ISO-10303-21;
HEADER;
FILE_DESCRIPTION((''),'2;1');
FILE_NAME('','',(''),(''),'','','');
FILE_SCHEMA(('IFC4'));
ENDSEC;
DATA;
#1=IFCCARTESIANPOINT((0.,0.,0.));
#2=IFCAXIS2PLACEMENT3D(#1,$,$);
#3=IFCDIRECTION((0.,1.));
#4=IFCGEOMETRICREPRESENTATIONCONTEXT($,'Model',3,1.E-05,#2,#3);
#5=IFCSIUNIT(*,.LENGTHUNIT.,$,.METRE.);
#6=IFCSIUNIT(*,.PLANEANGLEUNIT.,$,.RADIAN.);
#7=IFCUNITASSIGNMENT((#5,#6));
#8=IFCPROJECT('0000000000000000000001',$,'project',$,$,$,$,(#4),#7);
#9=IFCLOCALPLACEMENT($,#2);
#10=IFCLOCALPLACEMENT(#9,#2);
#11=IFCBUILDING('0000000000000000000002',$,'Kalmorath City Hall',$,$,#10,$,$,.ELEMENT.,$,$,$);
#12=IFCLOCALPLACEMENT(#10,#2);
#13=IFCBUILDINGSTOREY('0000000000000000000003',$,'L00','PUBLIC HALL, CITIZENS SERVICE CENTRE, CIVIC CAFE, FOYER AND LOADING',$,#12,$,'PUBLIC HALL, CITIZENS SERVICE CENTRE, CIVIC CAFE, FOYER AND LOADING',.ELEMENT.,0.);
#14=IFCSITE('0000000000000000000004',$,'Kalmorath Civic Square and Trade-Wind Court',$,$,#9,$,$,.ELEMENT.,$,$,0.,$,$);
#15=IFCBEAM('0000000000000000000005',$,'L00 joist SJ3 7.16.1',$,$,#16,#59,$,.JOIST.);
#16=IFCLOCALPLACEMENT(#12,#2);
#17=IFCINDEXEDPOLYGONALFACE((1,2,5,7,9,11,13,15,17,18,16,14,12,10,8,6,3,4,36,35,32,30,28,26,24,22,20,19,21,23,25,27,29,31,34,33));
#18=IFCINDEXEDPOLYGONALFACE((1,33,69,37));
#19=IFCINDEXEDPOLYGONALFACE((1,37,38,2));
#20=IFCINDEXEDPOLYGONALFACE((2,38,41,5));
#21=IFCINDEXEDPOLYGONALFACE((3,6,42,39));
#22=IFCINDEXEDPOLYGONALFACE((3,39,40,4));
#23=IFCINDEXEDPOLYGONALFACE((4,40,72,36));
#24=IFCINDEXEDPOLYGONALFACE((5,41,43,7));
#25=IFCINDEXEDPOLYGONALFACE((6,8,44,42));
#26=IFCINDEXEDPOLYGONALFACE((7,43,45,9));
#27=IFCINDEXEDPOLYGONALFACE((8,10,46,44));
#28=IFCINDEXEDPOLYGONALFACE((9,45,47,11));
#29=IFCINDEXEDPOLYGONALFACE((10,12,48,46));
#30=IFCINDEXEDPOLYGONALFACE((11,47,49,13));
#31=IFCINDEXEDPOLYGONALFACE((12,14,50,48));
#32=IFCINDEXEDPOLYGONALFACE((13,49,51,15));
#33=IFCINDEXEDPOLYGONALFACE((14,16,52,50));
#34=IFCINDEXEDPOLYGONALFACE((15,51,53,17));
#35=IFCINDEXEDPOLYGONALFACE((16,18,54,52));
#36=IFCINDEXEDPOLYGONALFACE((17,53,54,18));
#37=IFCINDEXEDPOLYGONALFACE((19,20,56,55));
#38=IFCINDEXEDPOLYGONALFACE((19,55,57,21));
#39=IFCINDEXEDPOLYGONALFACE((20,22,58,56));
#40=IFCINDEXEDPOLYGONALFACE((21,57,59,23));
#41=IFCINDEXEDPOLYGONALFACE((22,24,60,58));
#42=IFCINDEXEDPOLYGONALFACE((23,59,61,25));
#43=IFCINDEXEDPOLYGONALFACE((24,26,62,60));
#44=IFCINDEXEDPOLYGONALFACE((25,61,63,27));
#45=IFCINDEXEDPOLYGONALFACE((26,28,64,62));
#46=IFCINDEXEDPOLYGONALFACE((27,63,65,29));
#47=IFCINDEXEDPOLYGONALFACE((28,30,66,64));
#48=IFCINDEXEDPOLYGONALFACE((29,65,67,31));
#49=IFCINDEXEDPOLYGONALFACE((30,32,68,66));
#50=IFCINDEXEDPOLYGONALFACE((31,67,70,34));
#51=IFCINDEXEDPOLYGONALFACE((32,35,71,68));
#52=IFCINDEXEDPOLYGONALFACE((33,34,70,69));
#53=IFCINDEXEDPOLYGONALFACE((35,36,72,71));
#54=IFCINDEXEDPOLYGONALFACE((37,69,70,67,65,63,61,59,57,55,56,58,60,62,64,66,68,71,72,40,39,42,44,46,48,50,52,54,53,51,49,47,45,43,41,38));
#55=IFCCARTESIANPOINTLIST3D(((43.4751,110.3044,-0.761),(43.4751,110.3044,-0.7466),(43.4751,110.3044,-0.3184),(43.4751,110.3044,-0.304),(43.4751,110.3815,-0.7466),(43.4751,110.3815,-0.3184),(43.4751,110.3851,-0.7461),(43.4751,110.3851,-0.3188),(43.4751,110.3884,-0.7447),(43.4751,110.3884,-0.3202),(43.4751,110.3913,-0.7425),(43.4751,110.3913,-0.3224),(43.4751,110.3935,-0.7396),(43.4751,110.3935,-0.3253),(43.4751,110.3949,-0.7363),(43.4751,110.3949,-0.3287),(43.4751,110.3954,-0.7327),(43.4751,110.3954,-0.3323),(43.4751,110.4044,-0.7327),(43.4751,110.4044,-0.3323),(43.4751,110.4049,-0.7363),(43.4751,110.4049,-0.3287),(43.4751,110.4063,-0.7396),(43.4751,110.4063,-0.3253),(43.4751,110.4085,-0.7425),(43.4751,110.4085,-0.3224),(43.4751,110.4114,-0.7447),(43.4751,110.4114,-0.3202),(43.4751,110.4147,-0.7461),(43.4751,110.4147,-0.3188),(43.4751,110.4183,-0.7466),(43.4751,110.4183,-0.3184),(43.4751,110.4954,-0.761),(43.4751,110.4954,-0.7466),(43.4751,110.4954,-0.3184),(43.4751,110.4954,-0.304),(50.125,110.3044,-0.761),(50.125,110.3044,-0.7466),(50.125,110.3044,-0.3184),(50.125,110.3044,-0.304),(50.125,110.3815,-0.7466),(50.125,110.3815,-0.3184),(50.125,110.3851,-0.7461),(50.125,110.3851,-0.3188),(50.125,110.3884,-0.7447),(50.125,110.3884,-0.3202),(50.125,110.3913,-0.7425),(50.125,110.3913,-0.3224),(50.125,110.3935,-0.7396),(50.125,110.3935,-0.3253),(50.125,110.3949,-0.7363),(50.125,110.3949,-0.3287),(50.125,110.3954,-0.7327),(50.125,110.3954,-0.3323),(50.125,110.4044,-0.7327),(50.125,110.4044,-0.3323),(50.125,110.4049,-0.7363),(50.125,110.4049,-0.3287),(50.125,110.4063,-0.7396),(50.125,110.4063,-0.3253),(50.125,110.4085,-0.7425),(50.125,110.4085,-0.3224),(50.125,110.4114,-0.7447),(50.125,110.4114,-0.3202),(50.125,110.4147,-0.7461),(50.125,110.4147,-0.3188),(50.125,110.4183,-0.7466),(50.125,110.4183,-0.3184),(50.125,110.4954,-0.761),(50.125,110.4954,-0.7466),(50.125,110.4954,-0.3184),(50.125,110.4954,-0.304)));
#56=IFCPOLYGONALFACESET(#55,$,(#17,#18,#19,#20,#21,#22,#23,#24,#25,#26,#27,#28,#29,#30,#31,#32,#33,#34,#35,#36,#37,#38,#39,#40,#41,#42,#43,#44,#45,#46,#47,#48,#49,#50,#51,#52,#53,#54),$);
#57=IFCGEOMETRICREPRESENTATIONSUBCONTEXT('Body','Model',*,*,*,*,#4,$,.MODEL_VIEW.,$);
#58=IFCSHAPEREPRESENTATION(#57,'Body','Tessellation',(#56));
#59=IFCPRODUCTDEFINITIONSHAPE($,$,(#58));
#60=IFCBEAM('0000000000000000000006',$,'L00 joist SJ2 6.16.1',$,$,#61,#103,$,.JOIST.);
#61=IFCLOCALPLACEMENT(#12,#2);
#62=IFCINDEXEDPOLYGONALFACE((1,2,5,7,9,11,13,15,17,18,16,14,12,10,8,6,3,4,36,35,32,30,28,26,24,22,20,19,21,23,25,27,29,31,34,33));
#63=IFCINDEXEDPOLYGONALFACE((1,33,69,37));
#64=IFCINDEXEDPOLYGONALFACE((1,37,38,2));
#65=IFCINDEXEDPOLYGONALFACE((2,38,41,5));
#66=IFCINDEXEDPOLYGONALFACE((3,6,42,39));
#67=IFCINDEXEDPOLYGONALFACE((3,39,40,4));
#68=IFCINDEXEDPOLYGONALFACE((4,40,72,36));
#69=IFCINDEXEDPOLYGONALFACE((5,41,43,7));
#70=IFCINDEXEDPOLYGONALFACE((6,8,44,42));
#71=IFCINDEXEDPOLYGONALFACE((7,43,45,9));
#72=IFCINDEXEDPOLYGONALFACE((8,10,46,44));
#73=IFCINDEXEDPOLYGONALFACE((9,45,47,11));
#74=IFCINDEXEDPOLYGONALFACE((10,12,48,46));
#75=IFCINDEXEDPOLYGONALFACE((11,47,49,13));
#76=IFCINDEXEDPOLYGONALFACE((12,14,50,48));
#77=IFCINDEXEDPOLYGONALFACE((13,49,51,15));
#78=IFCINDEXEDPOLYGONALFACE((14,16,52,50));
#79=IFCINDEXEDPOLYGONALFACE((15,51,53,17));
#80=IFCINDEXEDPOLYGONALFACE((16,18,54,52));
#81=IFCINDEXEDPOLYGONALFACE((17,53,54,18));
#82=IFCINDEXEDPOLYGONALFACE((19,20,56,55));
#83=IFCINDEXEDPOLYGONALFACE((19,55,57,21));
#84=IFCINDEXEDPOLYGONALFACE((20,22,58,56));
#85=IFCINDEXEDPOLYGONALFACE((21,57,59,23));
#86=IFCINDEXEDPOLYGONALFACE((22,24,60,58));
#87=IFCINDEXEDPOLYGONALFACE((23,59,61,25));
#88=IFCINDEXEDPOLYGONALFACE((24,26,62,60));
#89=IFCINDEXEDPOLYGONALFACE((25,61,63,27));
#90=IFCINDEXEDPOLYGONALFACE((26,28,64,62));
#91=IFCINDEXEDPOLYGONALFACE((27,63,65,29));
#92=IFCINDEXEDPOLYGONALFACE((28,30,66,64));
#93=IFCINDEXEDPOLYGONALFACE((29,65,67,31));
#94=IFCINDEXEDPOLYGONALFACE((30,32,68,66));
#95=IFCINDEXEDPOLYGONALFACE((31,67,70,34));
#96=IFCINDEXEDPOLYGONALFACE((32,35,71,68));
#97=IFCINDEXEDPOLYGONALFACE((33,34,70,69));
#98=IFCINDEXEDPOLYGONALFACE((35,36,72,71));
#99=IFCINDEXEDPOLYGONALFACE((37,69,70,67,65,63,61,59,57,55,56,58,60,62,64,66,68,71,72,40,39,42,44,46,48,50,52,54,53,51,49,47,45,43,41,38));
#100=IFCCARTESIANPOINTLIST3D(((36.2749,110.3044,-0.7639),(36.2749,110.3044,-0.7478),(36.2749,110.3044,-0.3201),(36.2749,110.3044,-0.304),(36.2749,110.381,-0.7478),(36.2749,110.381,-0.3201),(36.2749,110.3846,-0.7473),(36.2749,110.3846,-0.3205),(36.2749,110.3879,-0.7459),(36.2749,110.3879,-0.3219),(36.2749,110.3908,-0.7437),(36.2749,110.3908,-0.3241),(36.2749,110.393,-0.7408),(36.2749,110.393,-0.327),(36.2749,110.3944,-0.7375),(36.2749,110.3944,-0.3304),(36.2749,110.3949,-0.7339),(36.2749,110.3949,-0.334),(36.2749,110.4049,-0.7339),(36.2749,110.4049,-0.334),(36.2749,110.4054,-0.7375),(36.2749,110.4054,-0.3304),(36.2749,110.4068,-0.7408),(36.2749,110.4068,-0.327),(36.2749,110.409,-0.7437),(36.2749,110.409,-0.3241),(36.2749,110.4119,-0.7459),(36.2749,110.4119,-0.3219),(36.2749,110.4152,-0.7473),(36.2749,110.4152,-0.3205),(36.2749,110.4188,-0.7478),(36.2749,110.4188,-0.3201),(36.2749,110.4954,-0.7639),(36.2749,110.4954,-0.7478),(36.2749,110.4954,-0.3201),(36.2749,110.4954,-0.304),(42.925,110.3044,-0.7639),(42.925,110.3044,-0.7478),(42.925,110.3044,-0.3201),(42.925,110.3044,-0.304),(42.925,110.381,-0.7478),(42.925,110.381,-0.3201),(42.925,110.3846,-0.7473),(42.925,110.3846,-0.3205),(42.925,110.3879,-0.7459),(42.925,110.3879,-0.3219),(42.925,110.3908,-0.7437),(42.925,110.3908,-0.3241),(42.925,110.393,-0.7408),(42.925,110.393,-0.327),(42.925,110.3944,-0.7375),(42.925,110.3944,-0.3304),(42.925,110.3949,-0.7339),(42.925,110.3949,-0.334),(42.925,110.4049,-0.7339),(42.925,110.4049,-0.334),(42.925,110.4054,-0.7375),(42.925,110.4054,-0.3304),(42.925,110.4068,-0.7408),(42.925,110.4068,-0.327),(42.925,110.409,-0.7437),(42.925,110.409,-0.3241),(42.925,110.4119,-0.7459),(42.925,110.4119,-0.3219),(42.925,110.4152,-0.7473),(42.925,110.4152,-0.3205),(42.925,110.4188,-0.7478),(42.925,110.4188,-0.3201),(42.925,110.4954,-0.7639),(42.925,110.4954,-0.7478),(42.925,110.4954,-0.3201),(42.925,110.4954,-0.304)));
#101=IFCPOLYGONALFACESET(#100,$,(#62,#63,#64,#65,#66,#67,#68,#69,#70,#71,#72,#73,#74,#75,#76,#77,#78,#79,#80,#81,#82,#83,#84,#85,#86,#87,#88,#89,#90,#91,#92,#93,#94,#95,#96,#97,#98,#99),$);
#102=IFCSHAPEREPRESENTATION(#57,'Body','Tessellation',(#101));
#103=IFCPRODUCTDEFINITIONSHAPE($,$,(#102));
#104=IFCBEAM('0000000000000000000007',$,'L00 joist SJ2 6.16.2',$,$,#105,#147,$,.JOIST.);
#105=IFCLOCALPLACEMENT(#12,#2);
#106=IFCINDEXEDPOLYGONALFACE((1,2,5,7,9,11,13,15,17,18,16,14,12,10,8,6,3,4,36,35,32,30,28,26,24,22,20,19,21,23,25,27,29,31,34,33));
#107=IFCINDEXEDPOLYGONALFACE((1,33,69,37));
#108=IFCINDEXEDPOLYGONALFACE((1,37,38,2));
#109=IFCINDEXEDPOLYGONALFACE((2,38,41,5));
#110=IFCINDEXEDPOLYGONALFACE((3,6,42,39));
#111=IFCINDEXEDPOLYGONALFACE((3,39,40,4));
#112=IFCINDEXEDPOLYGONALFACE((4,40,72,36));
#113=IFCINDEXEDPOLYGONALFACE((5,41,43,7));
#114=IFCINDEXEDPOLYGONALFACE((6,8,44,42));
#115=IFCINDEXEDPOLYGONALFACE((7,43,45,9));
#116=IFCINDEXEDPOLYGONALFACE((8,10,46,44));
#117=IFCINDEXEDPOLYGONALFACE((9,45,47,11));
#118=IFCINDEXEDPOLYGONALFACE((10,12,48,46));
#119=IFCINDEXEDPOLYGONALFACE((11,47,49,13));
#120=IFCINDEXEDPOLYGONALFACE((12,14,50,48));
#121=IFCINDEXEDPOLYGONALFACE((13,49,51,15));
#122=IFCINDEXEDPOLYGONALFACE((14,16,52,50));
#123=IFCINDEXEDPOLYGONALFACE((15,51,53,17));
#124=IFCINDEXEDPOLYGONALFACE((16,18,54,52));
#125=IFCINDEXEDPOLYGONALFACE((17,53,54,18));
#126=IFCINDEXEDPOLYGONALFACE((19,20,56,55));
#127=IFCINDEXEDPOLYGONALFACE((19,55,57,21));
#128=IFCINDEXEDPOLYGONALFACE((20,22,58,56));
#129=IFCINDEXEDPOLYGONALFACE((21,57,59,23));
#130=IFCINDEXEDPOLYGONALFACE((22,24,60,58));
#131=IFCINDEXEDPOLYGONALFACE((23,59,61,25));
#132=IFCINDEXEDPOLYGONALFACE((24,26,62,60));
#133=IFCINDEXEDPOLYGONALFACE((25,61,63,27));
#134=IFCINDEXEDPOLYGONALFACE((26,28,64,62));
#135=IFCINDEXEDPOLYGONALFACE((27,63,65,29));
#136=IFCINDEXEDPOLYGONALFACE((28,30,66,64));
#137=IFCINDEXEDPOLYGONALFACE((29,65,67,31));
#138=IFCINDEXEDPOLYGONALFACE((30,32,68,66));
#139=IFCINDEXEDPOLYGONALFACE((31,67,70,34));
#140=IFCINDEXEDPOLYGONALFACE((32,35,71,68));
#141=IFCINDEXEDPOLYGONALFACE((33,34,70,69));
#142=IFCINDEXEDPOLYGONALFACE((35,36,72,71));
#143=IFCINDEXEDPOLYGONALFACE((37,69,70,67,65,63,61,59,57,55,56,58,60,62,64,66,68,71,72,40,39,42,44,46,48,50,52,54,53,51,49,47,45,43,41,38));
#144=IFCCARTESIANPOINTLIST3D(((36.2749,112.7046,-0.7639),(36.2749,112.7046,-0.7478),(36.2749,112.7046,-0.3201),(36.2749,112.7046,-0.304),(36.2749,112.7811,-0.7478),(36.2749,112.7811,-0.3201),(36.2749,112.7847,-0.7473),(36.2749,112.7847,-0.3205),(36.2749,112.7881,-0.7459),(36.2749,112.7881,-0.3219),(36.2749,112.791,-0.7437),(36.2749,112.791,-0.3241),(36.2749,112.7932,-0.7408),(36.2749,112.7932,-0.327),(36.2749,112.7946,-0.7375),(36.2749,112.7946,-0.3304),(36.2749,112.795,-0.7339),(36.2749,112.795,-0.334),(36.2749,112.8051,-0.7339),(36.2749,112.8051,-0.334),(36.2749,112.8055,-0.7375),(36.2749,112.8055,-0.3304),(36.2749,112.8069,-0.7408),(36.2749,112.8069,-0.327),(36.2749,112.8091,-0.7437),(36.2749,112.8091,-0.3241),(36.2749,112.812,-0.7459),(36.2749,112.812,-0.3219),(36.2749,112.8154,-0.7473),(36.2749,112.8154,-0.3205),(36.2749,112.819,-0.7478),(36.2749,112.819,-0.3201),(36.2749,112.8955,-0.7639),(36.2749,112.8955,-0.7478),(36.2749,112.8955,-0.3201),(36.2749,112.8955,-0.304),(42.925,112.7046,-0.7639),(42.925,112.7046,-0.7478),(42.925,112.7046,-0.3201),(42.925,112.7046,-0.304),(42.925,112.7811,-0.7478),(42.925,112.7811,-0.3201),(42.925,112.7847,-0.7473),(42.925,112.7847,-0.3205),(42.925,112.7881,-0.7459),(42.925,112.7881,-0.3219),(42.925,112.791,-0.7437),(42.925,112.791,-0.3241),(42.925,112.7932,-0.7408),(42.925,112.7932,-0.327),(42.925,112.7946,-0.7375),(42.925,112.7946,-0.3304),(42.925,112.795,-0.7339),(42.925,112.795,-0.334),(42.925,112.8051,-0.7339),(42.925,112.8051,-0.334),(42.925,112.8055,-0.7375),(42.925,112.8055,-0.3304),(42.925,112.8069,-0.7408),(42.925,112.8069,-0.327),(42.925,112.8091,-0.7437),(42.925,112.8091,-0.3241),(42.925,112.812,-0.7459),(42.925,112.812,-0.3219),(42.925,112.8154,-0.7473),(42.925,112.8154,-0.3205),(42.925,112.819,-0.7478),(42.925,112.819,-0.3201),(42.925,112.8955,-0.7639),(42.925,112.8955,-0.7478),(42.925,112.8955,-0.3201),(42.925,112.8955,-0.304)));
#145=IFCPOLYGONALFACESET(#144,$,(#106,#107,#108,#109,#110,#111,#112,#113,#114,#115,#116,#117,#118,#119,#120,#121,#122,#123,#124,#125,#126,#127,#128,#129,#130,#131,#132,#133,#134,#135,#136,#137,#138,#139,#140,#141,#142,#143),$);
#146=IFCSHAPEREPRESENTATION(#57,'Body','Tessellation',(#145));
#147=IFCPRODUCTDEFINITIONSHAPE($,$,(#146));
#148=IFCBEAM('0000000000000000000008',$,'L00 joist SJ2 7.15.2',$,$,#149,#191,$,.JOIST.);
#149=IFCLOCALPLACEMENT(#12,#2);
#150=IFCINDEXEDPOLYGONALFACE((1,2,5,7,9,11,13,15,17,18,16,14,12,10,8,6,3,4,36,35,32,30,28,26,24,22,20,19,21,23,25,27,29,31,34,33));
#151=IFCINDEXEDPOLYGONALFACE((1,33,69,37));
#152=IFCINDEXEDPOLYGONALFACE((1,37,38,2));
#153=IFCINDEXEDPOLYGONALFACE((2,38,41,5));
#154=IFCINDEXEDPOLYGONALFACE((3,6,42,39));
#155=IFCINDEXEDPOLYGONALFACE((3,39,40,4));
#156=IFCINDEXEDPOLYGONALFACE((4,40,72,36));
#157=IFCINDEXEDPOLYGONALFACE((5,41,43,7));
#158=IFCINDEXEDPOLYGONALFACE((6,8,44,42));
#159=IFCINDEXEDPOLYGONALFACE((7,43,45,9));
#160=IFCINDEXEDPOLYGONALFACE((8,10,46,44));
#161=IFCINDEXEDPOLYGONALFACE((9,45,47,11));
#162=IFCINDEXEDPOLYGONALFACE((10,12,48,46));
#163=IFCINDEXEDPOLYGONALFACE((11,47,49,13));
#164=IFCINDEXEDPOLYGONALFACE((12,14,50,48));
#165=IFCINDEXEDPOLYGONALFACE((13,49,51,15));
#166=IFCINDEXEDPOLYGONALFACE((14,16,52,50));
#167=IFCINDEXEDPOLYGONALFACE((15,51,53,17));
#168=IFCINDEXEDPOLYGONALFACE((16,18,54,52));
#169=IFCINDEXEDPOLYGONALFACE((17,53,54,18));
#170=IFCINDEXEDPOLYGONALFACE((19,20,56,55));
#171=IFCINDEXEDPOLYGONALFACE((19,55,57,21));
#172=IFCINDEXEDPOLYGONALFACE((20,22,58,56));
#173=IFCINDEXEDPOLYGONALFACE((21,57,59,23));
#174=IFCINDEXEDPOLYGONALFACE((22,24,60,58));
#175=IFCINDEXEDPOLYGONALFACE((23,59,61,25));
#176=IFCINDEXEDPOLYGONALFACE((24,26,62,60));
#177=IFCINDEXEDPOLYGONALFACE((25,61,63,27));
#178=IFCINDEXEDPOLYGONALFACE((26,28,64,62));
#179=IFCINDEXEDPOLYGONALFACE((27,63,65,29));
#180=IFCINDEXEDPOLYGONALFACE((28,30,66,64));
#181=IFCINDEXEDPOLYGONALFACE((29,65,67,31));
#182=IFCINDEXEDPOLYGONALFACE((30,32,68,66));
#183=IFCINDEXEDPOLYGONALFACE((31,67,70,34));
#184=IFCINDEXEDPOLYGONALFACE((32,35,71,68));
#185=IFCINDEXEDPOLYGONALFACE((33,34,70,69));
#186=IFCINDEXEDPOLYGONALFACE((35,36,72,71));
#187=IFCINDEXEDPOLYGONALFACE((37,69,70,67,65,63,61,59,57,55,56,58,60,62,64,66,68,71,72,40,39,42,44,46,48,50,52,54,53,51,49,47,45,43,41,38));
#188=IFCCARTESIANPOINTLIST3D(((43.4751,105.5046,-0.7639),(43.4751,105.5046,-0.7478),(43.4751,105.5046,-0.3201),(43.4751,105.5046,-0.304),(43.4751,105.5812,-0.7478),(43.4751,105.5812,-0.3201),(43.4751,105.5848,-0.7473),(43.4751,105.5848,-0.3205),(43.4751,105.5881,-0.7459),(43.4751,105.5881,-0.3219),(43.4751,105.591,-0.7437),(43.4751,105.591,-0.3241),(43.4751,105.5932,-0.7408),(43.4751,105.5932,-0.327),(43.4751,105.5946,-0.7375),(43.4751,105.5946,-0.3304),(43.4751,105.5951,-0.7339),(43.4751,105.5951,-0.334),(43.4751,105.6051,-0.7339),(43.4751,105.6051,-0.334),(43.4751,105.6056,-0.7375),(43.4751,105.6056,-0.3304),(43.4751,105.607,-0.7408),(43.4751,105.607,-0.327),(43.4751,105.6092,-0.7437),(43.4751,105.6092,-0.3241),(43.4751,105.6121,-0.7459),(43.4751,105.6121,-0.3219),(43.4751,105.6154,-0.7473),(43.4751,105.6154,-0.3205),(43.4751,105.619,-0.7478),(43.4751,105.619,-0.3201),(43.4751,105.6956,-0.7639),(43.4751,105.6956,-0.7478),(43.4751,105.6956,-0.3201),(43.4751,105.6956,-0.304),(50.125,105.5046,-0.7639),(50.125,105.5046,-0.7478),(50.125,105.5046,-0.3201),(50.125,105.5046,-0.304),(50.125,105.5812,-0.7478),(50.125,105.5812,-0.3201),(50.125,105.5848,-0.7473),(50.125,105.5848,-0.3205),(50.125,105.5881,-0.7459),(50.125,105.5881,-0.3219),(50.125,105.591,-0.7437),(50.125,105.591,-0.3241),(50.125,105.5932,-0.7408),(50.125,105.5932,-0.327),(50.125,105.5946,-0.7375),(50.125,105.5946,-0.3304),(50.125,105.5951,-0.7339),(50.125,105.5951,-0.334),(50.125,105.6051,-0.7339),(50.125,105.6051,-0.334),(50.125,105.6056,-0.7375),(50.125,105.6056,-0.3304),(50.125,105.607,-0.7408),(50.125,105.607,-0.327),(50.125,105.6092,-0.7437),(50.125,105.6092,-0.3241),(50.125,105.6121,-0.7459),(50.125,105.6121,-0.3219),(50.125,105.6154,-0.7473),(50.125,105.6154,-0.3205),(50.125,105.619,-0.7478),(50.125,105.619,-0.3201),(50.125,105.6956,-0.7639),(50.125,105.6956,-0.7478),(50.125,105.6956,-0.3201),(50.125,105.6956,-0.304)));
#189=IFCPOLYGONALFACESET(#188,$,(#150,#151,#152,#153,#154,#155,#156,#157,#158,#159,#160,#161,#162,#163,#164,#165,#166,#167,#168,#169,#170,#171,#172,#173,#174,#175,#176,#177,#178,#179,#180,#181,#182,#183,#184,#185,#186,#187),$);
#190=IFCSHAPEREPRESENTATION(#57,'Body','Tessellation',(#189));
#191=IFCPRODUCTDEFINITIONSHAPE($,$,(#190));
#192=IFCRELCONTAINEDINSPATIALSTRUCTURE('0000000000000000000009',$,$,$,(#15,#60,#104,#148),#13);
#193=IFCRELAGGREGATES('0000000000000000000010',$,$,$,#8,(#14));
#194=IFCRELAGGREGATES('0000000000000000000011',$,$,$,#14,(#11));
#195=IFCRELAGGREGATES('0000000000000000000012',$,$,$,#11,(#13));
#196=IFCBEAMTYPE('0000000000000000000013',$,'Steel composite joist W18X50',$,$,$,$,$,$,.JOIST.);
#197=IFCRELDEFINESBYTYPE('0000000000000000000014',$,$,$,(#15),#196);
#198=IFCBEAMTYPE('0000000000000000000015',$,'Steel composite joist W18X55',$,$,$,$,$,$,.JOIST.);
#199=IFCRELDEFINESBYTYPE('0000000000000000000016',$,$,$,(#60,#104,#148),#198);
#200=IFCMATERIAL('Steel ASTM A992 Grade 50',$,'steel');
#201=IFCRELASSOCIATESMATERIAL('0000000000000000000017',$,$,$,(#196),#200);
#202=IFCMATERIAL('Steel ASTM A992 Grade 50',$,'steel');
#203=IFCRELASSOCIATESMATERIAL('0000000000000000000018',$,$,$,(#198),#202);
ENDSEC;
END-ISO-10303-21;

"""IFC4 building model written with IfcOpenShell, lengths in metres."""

from ifc_helpers import new_model, si_unit, direction, frame, origin, origin_2d, place, context, subcontext, project, spatial, i_section, extrude, material, material_profile, profile_set, type_object, element, save


model = new_model("IFC4")

# Units and contexts
model_context = context("Model", 3, precision=1e-05, world=origin(), true_north=direction((0.0, 1.0)))
body_context = subcontext(model_context, "Body", "Model", "MODEL_VIEW")
ifc_project = project(units=[si_unit("LENGTHUNIT", "METRE"), si_unit("PLANEANGLEUNIT", "RADIAN")], contexts=[model_context])

# Site, building, storey
site_placement = place(None, origin())
site = spatial("IfcSite", under=ifc_project, at=site_placement, Name="Kalmorath Civic Square and Trade-Wind Court", CompositionType="ELEMENT", RefElevation=0.0)
building_placement = place(site_placement, origin())
building = spatial("IfcBuilding", under=site, at=building_placement, Name="Kalmorath City Hall", CompositionType="ELEMENT")
storey_placement = place(building_placement, origin())
storey = spatial("IfcBuildingStorey", under=building, at=storey_placement, Name="L00", Description="PUBLIC HALL, CITIZENS SERVICE CENTRE, CIVIC CAFE, FOYER AND LOADING", LongName="PUBLIC HALL, CITIZENS SERVICE CENTRE, CIVIC CAFE, FOYER AND LOADING", CompositionType="ELEMENT", Elevation=0.0)

# Beams
ifc_material_1 = material(Name="Steel ASTM A992 Grade 50", Category="steel")
ifc_material_profile_1 = material_profile(ifc_material_1, i_section(OverallWidth=0.1909, OverallDepth=0.457, WebThickness=0.009, FlangeThickness=0.0144, FilletRadius=0.0139, at=origin_2d()), Name="W18X50")
ifc_profile_set_1 = profile_set([ifc_material_profile_1], Name="Steel ASTM A992 Grade 50")
beam_type_1 = type_object("IfcBeamType", Name="Steel composite joist W18X50", PredefinedType="JOIST", material=ifc_profile_set_1)
beam_1_placement = place(storey_placement, frame((43.4751, 110.3999, -0.5325), z_axis=(1.0, 0.0, 0.0), x_axis=(0.0, 1.0, 0.0)))
element("IfcBeam", 1, at=beam_1_placement, inside=storey, type_object=beam_type_1, Name="L00 joist SJ3 7.16.1", PredefinedType="JOIST", context=body_context, shape_type="SweptSolid", body=[
    extrude(i_section(OverallWidth=0.1909, OverallDepth=0.457, WebThickness=0.009, FlangeThickness=0.0144, FilletRadius=0.0139, at=origin_2d()), origin(), (0.0, 0.0, 1.0), 6.6499),
])
ifc_material_2 = material(Name="Steel ASTM A992 Grade 50", Category="steel")
ifc_material_profile_2 = material_profile(ifc_material_2, i_section(OverallWidth=0.1909, OverallDepth=0.46, WebThickness=0.01, FlangeThickness=0.0161, FilletRadius=0.0139, at=origin_2d()), Name="W18X55")
ifc_profile_set_2 = profile_set([ifc_material_profile_2], Name="Steel ASTM A992 Grade 50")
beam_type_2 = type_object("IfcBeamType", Name="Steel composite joist W18X55", PredefinedType="JOIST", material=ifc_profile_set_2)
for number, where, z_axis, x_axis, name in (
    (2, (36.2749, 110.3999, -0.5339), (1.0, 0.0, 0.0), (0.0, 1.0, 0.0), "L00 joist SJ2 6.16.1"),
    (3, (36.2749, 112.8, -0.5339), (1.0, 0.0, 0.0), (0.0, 1.0, 0.0), "L00 joist SJ2 6.16.2"),
):
    element("IfcBeam", number, at=place(storey_placement, frame(where, z_axis=z_axis, x_axis=x_axis)), inside=storey, type_object=beam_type_2, Name=name, PredefinedType="JOIST", context=body_context, shape_type="SweptSolid", body=[
        extrude(i_section(OverallWidth=0.1909, OverallDepth=0.46, WebThickness=0.01, FlangeThickness=0.0161, FilletRadius=0.0139, at=origin_2d()), origin(), (0.0, 0.0, 1.0), 6.6501),
    ])
beam_2_placement = place(storey_placement, frame((43.4751, 105.6001, -0.5339), z_axis=(1.0, 0.0, 0.0), x_axis=(0.0, 1.0, 0.0)))
element("IfcBeam", 4, at=beam_2_placement, inside=storey, type_object=beam_type_2, Name="L00 joist SJ2 7.15.2", PredefinedType="JOIST", context=body_context, shape_type="SweptSolid", body=[
    extrude(i_section(OverallWidth=0.1909, OverallDepth=0.46, WebThickness=0.01, FlangeThickness=0.0161, FilletRadius=0.0139, at=origin_2d()), origin(), (0.0, 0.0, 1.0), 6.6499),
])

save(model, "model.ifc")
